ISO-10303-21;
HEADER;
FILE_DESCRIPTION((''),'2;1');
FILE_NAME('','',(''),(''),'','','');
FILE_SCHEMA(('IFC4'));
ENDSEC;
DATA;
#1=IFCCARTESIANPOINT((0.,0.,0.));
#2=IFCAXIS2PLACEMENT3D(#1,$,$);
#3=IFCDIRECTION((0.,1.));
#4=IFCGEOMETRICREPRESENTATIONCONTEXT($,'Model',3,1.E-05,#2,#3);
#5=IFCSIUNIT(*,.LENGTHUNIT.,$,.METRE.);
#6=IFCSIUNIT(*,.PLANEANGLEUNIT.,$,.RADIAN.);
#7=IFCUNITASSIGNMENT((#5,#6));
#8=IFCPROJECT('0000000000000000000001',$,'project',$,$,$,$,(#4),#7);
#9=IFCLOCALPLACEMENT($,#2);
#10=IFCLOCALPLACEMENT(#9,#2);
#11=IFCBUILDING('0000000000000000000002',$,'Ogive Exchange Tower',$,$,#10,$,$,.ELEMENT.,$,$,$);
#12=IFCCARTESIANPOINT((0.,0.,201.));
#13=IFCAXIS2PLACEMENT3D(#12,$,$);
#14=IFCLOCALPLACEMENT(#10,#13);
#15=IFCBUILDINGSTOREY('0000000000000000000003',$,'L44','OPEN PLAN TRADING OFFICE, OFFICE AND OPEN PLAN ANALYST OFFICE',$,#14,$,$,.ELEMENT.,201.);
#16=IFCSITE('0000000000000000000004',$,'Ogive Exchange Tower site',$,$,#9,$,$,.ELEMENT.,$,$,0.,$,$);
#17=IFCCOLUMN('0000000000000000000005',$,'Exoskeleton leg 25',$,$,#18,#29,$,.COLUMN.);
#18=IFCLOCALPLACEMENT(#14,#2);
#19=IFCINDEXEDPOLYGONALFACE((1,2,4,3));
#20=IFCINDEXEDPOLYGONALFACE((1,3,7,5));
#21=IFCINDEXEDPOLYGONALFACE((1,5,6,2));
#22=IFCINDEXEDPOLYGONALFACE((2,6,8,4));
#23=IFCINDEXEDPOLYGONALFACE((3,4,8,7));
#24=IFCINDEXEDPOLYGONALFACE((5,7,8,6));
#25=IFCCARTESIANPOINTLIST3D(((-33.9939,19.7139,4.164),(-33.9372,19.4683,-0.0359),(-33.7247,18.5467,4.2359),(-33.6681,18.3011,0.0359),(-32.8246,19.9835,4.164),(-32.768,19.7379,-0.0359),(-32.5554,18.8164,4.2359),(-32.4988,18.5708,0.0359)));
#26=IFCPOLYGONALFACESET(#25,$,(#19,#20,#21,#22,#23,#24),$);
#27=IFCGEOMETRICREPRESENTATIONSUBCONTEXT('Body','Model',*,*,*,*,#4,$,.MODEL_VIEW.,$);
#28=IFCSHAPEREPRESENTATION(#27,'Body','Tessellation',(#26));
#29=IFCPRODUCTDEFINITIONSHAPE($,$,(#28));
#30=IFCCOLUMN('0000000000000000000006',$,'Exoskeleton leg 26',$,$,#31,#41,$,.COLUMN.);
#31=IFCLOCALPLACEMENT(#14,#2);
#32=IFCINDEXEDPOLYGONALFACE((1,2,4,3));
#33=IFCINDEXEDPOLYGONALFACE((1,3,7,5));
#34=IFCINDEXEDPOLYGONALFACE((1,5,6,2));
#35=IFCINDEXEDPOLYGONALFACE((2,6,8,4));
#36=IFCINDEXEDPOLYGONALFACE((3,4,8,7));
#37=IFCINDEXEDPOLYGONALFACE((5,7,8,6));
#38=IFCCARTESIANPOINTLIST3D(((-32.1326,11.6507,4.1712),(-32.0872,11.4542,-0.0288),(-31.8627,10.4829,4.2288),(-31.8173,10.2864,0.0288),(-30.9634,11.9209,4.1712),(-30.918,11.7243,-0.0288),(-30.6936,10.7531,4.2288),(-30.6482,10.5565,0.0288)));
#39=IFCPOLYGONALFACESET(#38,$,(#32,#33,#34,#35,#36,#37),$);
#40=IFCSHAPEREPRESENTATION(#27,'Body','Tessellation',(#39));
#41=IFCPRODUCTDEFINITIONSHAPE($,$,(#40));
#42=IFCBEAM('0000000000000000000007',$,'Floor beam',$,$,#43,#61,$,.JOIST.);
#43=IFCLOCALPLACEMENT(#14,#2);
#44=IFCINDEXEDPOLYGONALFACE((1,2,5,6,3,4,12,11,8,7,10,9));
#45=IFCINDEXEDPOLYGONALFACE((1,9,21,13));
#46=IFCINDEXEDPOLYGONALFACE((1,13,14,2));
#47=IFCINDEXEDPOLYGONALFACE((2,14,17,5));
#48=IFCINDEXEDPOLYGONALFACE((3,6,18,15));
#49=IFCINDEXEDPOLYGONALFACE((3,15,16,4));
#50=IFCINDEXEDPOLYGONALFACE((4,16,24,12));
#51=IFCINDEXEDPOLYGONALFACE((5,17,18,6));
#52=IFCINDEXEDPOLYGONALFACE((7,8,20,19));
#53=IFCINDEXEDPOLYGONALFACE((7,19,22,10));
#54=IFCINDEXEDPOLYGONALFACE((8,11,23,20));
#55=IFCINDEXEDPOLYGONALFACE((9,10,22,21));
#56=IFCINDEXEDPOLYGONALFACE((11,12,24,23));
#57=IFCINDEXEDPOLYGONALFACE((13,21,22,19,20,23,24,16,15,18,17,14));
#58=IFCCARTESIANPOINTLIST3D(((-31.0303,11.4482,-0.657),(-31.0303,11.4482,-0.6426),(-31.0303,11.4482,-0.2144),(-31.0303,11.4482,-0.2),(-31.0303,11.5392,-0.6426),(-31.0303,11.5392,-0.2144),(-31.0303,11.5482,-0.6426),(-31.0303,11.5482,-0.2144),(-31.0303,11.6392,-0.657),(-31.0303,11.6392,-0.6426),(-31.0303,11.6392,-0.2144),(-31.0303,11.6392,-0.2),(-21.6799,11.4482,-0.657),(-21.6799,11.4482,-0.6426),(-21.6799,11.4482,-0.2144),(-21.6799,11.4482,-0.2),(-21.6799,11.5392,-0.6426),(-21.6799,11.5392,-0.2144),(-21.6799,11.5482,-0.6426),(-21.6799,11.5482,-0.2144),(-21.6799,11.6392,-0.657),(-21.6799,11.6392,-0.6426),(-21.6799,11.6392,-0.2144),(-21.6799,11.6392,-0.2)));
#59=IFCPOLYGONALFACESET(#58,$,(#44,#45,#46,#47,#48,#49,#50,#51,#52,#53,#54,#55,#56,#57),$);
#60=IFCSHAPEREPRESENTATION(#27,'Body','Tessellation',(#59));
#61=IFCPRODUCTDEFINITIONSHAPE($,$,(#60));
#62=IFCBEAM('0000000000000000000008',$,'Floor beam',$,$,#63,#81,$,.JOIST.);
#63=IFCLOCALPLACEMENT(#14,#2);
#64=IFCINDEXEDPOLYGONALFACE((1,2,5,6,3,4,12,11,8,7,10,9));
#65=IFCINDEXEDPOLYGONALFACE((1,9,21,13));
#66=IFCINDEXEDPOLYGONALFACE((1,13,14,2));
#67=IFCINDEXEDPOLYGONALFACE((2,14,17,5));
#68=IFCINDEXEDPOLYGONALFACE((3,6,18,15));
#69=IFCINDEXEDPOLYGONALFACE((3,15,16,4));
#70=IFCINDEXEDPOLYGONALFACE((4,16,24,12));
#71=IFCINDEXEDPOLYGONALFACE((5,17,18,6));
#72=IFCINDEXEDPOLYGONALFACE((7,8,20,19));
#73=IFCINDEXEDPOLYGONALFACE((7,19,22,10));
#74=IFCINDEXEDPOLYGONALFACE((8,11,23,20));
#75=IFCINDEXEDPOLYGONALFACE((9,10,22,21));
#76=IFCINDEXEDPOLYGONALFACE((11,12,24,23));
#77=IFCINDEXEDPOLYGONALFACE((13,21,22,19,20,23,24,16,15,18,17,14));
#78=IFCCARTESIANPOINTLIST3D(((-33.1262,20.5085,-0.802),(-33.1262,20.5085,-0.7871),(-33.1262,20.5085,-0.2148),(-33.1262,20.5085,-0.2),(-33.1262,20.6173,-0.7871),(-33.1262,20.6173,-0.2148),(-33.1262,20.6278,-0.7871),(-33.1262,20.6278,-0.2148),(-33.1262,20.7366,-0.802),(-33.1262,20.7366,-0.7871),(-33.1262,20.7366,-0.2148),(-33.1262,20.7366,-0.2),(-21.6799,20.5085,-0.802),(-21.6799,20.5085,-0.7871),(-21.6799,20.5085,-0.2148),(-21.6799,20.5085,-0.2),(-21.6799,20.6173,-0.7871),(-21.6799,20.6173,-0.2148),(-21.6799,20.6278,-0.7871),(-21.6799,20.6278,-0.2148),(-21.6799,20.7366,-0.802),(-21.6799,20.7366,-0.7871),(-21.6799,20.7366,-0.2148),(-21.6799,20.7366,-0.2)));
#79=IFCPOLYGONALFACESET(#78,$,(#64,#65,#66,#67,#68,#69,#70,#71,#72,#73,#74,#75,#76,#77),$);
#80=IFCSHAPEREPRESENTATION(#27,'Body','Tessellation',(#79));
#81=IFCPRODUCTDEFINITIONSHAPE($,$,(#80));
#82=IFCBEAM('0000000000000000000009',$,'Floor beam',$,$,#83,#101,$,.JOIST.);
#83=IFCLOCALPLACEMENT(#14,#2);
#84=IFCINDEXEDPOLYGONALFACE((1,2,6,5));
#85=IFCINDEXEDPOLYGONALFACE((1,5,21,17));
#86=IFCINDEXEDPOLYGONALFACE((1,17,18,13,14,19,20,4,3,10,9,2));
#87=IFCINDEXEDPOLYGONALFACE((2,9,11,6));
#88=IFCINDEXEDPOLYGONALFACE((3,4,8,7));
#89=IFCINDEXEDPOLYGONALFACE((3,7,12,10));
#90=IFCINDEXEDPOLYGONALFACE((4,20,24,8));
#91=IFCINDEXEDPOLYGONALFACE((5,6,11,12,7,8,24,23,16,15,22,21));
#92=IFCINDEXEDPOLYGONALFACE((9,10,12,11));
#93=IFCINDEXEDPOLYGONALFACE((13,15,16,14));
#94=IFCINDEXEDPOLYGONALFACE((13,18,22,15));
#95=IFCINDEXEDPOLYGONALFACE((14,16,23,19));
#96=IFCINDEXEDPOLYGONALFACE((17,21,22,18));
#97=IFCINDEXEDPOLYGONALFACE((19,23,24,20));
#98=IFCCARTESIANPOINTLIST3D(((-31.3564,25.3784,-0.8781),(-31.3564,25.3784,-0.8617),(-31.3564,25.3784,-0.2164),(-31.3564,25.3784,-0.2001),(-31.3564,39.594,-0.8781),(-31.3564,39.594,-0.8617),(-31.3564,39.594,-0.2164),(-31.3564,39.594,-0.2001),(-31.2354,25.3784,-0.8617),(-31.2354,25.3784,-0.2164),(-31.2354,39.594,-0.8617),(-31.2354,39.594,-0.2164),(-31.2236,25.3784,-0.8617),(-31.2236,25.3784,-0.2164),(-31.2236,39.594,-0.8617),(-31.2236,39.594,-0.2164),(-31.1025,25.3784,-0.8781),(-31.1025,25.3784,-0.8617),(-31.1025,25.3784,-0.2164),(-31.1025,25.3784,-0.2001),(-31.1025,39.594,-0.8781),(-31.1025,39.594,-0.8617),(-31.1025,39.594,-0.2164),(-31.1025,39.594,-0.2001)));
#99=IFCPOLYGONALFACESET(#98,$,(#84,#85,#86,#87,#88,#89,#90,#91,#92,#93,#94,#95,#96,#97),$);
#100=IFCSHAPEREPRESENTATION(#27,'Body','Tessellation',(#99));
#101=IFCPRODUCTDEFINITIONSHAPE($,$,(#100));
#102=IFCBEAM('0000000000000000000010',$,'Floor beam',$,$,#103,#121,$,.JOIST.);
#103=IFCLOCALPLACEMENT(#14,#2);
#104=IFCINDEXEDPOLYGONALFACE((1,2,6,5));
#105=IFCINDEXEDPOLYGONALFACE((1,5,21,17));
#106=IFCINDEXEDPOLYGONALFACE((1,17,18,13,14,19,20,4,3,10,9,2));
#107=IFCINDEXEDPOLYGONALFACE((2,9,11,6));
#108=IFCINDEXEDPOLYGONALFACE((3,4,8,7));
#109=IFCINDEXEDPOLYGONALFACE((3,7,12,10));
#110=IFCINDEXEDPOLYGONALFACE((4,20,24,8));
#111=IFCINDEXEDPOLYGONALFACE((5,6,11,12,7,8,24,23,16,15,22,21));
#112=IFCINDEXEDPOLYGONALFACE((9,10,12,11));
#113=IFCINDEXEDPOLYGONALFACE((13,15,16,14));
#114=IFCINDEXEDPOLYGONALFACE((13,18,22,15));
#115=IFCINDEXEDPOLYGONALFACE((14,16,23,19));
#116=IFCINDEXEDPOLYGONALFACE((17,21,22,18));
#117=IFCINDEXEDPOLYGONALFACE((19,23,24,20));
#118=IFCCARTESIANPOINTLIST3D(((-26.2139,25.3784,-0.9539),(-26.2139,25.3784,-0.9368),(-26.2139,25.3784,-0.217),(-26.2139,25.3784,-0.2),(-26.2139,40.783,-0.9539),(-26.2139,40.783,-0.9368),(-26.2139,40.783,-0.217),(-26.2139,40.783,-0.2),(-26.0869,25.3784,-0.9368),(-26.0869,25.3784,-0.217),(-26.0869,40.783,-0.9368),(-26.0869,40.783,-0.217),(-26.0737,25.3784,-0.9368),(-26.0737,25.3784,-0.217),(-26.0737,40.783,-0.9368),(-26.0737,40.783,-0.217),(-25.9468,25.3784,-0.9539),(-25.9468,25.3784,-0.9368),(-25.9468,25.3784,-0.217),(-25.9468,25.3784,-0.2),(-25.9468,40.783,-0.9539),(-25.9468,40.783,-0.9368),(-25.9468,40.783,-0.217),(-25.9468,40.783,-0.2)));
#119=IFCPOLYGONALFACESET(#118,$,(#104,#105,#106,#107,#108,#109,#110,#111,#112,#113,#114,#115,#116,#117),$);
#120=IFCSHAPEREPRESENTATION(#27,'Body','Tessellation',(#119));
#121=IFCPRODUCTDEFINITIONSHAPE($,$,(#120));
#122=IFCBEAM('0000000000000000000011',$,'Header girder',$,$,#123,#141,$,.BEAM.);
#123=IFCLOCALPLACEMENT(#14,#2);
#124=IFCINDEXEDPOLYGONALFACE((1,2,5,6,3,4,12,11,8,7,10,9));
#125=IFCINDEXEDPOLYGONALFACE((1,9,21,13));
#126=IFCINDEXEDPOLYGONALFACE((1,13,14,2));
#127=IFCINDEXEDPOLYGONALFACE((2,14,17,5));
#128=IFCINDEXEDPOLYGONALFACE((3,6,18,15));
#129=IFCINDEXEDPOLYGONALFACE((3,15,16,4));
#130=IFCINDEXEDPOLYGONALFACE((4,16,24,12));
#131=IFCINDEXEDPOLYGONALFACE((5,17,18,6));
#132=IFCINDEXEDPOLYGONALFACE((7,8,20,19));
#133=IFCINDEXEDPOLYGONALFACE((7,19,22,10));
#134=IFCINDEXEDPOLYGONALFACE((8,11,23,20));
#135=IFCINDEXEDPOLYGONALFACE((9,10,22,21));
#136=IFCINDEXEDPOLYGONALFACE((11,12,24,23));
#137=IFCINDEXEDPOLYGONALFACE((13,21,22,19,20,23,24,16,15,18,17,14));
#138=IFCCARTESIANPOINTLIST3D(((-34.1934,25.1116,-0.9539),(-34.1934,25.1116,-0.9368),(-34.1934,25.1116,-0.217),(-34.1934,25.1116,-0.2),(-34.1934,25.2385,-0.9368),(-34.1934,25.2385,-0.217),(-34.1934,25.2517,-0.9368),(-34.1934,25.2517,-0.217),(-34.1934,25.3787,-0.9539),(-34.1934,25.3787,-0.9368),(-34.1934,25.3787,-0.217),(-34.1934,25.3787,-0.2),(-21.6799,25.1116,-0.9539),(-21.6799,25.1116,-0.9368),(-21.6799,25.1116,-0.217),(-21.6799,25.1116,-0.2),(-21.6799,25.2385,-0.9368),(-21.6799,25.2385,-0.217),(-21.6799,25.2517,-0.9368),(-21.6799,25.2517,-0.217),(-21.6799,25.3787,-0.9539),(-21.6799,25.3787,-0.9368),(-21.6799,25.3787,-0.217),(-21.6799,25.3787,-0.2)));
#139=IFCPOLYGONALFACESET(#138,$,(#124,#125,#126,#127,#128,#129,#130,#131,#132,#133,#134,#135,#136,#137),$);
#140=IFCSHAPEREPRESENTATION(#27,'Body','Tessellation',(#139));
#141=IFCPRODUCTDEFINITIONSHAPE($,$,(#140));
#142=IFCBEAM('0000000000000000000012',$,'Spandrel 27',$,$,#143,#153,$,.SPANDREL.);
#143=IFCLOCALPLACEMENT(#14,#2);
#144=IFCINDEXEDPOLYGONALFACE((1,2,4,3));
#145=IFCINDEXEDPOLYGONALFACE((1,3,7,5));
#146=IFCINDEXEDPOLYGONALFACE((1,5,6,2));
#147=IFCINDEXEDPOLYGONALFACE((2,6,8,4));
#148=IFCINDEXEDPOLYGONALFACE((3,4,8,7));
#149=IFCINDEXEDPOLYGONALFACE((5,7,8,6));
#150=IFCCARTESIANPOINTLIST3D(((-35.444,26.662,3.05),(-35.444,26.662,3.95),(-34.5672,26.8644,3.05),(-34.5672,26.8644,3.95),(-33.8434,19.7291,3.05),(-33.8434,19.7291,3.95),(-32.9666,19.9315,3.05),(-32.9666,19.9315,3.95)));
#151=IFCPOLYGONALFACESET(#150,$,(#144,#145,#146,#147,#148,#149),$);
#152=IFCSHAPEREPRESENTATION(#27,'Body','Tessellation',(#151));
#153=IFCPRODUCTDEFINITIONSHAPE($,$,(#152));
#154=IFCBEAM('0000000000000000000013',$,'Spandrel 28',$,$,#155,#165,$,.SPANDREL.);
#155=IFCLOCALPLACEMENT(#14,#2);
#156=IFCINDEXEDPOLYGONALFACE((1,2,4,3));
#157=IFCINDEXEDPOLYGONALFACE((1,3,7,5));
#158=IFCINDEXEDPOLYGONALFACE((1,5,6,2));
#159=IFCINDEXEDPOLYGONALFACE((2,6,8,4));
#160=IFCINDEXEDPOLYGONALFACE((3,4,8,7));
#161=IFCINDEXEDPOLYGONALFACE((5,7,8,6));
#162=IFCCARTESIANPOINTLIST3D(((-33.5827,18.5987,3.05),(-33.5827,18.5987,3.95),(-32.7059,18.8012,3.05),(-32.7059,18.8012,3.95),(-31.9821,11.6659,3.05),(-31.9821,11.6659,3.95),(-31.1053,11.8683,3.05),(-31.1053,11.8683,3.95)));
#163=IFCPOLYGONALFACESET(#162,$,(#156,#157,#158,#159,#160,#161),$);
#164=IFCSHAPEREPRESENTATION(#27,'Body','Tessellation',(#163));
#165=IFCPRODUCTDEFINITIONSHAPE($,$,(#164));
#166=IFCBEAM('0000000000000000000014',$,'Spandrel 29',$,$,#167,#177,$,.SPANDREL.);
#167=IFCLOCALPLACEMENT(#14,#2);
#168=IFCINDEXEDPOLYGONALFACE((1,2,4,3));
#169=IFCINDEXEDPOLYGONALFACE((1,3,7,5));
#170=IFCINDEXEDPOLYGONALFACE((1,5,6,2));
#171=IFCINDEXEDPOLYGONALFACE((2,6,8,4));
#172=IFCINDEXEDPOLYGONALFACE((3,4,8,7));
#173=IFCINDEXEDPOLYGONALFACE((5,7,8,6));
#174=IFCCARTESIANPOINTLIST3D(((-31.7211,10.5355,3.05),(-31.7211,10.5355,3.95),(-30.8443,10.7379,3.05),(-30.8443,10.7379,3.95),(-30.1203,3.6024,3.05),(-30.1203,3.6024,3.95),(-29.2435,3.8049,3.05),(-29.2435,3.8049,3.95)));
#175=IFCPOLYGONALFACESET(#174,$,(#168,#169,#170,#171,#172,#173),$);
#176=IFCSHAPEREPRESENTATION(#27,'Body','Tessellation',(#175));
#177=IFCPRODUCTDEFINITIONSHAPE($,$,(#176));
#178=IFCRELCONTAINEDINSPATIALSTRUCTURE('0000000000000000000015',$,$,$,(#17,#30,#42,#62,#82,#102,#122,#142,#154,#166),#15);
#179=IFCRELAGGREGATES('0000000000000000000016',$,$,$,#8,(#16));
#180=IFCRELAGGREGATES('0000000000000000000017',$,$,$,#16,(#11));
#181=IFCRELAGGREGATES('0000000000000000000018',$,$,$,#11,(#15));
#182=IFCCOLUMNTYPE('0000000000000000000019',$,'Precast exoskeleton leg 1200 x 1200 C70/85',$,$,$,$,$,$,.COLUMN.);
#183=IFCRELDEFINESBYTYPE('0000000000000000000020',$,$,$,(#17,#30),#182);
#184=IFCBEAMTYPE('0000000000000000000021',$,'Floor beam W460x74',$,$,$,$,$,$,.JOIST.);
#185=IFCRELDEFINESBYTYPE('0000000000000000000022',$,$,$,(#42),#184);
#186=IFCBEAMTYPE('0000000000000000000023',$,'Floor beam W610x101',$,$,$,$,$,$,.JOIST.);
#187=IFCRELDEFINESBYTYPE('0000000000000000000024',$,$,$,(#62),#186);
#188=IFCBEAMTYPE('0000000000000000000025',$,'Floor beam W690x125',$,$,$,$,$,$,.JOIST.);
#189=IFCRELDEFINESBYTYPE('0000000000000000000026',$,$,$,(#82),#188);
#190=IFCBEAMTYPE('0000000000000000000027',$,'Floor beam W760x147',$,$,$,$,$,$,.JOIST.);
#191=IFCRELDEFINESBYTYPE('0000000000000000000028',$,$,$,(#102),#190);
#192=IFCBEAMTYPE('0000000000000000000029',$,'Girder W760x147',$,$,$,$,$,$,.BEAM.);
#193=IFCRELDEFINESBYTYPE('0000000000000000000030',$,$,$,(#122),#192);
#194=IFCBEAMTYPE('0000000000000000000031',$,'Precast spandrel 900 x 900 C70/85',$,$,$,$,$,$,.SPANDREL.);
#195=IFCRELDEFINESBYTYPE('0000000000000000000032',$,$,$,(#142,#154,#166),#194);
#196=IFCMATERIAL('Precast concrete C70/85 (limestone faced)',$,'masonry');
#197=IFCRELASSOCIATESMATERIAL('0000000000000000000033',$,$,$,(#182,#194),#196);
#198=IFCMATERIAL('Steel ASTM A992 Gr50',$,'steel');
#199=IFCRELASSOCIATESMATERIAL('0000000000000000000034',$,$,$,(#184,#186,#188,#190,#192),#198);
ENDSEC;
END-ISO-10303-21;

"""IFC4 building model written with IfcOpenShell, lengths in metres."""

from ifc_helpers import new_model, si_unit, direction, frame, origin, origin_2d, place, context, subcontext, project, spatial, rectangle, i_section, extrude, material, material_profile, profile_set, type_object, element, save


model = new_model("IFC4")

# Units and contexts
model_context = context("Model", 3, precision=1e-05, world=origin(), true_north=direction((0.0, 1.0)))
body_context = subcontext(model_context, "Body", "Model", "MODEL_VIEW")
ifc_project = project(units=[si_unit("LENGTHUNIT", "METRE"), si_unit("PLANEANGLEUNIT", "RADIAN")], contexts=[model_context])

# Site, building, storey
site_placement = place(None, origin())
site = spatial("IfcSite", under=ifc_project, at=site_placement, Name="Ogive Exchange Tower site", CompositionType="ELEMENT", RefElevation=0.0)
building_placement = place(site_placement, origin())
building = spatial("IfcBuilding", under=site, at=building_placement, Name="Ogive Exchange Tower", CompositionType="ELEMENT")
storey_placement = place(building_placement, frame((0.0, 0.0, 201.0)))
storey = spatial("IfcBuildingStorey", under=building, at=storey_placement, Name="L44", Description="OPEN PLAN TRADING OFFICE, OFFICE AND OPEN PLAN ANALYST OFFICE", CompositionType="ELEMENT", Elevation=201.0)

# Columns
ifc_material_1 = material(Name="Precast concrete C70/85 (limestone faced)", Category="masonry")
ifc_material_profile_1 = material_profile(ifc_material_1, rectangle(XDim=1.2, YDim=1.2, at=origin_2d()), Name="1200 x 1200")
ifc_profile_set_1 = profile_set([ifc_material_profile_1], Name="Precast concrete C70/85 (limestone faced)")
column_type = type_object("IfcColumnType", Name="Precast exoskeleton leg 1200 x 1200 C70/85", PredefinedType="COLUMN", material=ifc_profile_set_1)
column_1_placement = place(storey_placement, frame((-33.218, 19.0195, 0.0), z_axis=(-0.013462, 0.058373, 0.998204), x_axis=(-0.974424, -0.224718, 0.0)))
element("IfcColumn", 1, at=column_1_placement, inside=storey, type_object=column_type, Name="Exoskeleton leg 25", PredefinedType="COLUMN", context=body_context, shape_type="SweptSolid", body=[
    extrude(rectangle(XDim=1.2, YDim=1.2, at=origin_2d()), origin(), (0.0, 0.0, 1.0), 4.2075),
])
column_2_placement = place(storey_placement, frame((-31.3677, 11.0054, 0.0), z_axis=(-0.0108, 0.04674, 0.998849), x_axis=(-0.97433, -0.225125, 0.0)))
element("IfcColumn", 2, at=column_2_placement, inside=storey, type_object=column_type, Name="Exoskeleton leg 26", PredefinedType="COLUMN", context=body_context, shape_type="SweptSolid", body=[
    extrude(rectangle(XDim=1.2, YDim=1.2, at=origin_2d()), origin(), (0.0, 0.0, 1.0), 4.2048),
])

# Beams
ifc_material_2 = material(Name="Steel ASTM A992 Gr50", Category="steel")
ifc_material_profile_2 = material_profile(ifc_material_2, i_section(OverallWidth=0.1909, OverallDepth=0.457, WebThickness=0.009, FlangeThickness=0.0144, at=origin_2d()), Name="W460x74")
ifc_profile_set_2 = profile_set([ifc_material_profile_2], Name="Steel ASTM A992 Gr50")
beam_type_1 = type_object("IfcBeamType", Name="Floor beam W460x74", PredefinedType="JOIST", material=ifc_profile_set_2)
beam_1_placement = place(storey_placement, frame((-31.0303, 11.5437, -0.4285), z_axis=(1.0, 0.0, 0.0), x_axis=(0.0, 1.0, 0.0)))
element("IfcBeam", 3, at=beam_1_placement, inside=storey, type_object=beam_type_1, Name="Floor beam", PredefinedType="JOIST", context=body_context, shape_type="SweptSolid", body=[
    extrude(i_section(OverallWidth=0.1909, OverallDepth=0.457, WebThickness=0.009, FlangeThickness=0.0144, at=origin_2d()), origin(), (0.0, 0.0, 1.0), 9.3503),
])
ifc_material_profile_3 = material_profile(ifc_material_2, i_section(OverallWidth=0.228, OverallDepth=0.6021, WebThickness=0.0105, FlangeThickness=0.0149, at=origin_2d()), Name="W610x101")
ifc_profile_set_3 = profile_set([ifc_material_profile_3], Name="Steel ASTM A992 Gr50")
beam_type_2 = type_object("IfcBeamType", Name="Floor beam W610x101", PredefinedType="JOIST", material=ifc_profile_set_3)
beam_2_placement = place(storey_placement, frame((-33.1262, 20.6226, -0.501), z_axis=(1.0, 0.0, 0.0), x_axis=(0.0, 1.0, 0.0)))
element("IfcBeam", 4, at=beam_2_placement, inside=storey, type_object=beam_type_2, Name="Floor beam", PredefinedType="JOIST", context=body_context, shape_type="SweptSolid", body=[
    extrude(i_section(OverallWidth=0.228, OverallDepth=0.6021, WebThickness=0.0105, FlangeThickness=0.0149, at=origin_2d()), origin(), (0.0, 0.0, 1.0), 11.4463),
])
ifc_material_profile_4 = material_profile(ifc_material_2, i_section(OverallWidth=0.2539, OverallDepth=0.678, WebThickness=0.0117, FlangeThickness=0.0164, at=origin_2d()), Name="W690x125")
ifc_profile_set_4 = profile_set([ifc_material_profile_4], Name="Steel ASTM A992 Gr50")
beam_type_3 = type_object("IfcBeamType", Name="Floor beam W690x125", PredefinedType="JOIST", material=ifc_profile_set_4)
beam_3_placement = place(storey_placement, frame((-31.2295, 25.3784, -0.5391), z_axis=(0.0, 1.0, 0.0), x_axis=(-1.0, 0.0, 0.0)))
element("IfcBeam", 5, at=beam_3_placement, inside=storey, type_object=beam_type_3, Name="Floor beam", PredefinedType="JOIST", context=body_context, shape_type="SweptSolid", body=[
    extrude(i_section(OverallWidth=0.2539, OverallDepth=0.678, WebThickness=0.0117, FlangeThickness=0.0164, at=origin_2d()), origin(), (0.0, 0.0, 1.0), 14.2156),
])
ifc_material_profile_5 = material_profile(ifc_material_2, i_section(OverallWidth=0.2671, OverallDepth=0.7539, WebThickness=0.0132, FlangeThickness=0.0171, at=origin_2d()), Name="W760x147")
ifc_profile_set_5 = profile_set([ifc_material_profile_5], Name="Steel ASTM A992 Gr50")
beam_type_4 = type_object("IfcBeamType", Name="Floor beam W760x147", PredefinedType="JOIST", material=ifc_profile_set_5)
beam_4_placement = place(storey_placement, frame((-26.0803, 25.3784, -0.5769), z_axis=(0.0, 1.0, 0.0), x_axis=(-1.0, 0.0, 0.0)))
element("IfcBeam", 6, at=beam_4_placement, inside=storey, type_object=beam_type_4, Name="Floor beam", PredefinedType="JOIST", context=body_context, shape_type="SweptSolid", body=[
    extrude(i_section(OverallWidth=0.2671, OverallDepth=0.7539, WebThickness=0.0132, FlangeThickness=0.0171, at=origin_2d()), origin(), (0.0, 0.0, 1.0), 15.4045),
])
ifc_material_profile_6 = material_profile(ifc_material_2, i_section(OverallWidth=0.2671, OverallDepth=0.7539, WebThickness=0.0132, FlangeThickness=0.0171, at=origin_2d()), Name="W760x147")
ifc_profile_set_6 = profile_set([ifc_material_profile_6], Name="Steel ASTM A992 Gr50")
beam_type_5 = type_object("IfcBeamType", Name="Girder W760x147", PredefinedType="BEAM", material=ifc_profile_set_6)
beam_5_placement = place(storey_placement, frame((-34.1934, 25.2451, -0.5769), z_axis=(1.0, 0.0, 0.0), x_axis=(0.0, 1.0, 0.0)))
element("IfcBeam", 7, at=beam_5_placement, inside=storey, type_object=beam_type_5, Name="Header girder", PredefinedType="BEAM", context=body_context, shape_type="SweptSolid", body=[
    extrude(i_section(OverallWidth=0.2671, OverallDepth=0.7539, WebThickness=0.0132, FlangeThickness=0.0171, at=origin_2d()), origin(), (0.0, 0.0, 1.0), 12.5134),
])
ifc_material_profile_7 = material_profile(ifc_material_1, rectangle(XDim=0.8999, YDim=0.8999, at=origin_2d()), Name="900 x 900")
ifc_profile_set_7 = profile_set([ifc_material_profile_7], Name="Precast concrete C70/85 (limestone faced)")
beam_type_6 = type_object("IfcBeamType", Name="Precast spandrel 900 x 900 C70/85", PredefinedType="SPANDREL", material=ifc_profile_set_7)
for number, where, z_axis, x_axis, name in (
    (8, (-35.0056, 26.7632, 3.5), (0.224952, -0.97437, 0.0), (0.97437, 0.224952, 0.0), "Spandrel 27"),
    (9, (-33.1443, 18.7, 3.5), (0.224952, -0.97437, 0.0), (0.97437, 0.224952, 0.0), "Spandrel 28"),
):
    element("IfcBeam", number, at=place(storey_placement, frame(where, z_axis=z_axis, x_axis=x_axis)), inside=storey, type_object=beam_type_6, Name=name, PredefinedType="SPANDREL", context=body_context, shape_type="SweptSolid", body=[
        extrude(rectangle(XDim=0.8999, YDim=0.8999, at=origin_2d()), origin(), (0.0, 0.0, 1.0), 7.1152),
    ])
beam_6_placement = place(storey_placement, frame((-31.2827, 10.6367, 3.5), z_axis=(0.224977, -0.974364, 0.0), x_axis=(0.974364, 0.224977, 0.0)))
element("IfcBeam", 10, at=beam_6_placement, inside=storey, type_object=beam_type_6, Name="Spandrel 29", PredefinedType="SPANDREL", context=body_context, shape_type="SweptSolid", body=[
    extrude(rectangle(XDim=0.8999, YDim=0.8999, at=origin_2d()), origin(), (0.0, 0.0, 1.0), 7.1155),
])

save(model, "model.ifc")
